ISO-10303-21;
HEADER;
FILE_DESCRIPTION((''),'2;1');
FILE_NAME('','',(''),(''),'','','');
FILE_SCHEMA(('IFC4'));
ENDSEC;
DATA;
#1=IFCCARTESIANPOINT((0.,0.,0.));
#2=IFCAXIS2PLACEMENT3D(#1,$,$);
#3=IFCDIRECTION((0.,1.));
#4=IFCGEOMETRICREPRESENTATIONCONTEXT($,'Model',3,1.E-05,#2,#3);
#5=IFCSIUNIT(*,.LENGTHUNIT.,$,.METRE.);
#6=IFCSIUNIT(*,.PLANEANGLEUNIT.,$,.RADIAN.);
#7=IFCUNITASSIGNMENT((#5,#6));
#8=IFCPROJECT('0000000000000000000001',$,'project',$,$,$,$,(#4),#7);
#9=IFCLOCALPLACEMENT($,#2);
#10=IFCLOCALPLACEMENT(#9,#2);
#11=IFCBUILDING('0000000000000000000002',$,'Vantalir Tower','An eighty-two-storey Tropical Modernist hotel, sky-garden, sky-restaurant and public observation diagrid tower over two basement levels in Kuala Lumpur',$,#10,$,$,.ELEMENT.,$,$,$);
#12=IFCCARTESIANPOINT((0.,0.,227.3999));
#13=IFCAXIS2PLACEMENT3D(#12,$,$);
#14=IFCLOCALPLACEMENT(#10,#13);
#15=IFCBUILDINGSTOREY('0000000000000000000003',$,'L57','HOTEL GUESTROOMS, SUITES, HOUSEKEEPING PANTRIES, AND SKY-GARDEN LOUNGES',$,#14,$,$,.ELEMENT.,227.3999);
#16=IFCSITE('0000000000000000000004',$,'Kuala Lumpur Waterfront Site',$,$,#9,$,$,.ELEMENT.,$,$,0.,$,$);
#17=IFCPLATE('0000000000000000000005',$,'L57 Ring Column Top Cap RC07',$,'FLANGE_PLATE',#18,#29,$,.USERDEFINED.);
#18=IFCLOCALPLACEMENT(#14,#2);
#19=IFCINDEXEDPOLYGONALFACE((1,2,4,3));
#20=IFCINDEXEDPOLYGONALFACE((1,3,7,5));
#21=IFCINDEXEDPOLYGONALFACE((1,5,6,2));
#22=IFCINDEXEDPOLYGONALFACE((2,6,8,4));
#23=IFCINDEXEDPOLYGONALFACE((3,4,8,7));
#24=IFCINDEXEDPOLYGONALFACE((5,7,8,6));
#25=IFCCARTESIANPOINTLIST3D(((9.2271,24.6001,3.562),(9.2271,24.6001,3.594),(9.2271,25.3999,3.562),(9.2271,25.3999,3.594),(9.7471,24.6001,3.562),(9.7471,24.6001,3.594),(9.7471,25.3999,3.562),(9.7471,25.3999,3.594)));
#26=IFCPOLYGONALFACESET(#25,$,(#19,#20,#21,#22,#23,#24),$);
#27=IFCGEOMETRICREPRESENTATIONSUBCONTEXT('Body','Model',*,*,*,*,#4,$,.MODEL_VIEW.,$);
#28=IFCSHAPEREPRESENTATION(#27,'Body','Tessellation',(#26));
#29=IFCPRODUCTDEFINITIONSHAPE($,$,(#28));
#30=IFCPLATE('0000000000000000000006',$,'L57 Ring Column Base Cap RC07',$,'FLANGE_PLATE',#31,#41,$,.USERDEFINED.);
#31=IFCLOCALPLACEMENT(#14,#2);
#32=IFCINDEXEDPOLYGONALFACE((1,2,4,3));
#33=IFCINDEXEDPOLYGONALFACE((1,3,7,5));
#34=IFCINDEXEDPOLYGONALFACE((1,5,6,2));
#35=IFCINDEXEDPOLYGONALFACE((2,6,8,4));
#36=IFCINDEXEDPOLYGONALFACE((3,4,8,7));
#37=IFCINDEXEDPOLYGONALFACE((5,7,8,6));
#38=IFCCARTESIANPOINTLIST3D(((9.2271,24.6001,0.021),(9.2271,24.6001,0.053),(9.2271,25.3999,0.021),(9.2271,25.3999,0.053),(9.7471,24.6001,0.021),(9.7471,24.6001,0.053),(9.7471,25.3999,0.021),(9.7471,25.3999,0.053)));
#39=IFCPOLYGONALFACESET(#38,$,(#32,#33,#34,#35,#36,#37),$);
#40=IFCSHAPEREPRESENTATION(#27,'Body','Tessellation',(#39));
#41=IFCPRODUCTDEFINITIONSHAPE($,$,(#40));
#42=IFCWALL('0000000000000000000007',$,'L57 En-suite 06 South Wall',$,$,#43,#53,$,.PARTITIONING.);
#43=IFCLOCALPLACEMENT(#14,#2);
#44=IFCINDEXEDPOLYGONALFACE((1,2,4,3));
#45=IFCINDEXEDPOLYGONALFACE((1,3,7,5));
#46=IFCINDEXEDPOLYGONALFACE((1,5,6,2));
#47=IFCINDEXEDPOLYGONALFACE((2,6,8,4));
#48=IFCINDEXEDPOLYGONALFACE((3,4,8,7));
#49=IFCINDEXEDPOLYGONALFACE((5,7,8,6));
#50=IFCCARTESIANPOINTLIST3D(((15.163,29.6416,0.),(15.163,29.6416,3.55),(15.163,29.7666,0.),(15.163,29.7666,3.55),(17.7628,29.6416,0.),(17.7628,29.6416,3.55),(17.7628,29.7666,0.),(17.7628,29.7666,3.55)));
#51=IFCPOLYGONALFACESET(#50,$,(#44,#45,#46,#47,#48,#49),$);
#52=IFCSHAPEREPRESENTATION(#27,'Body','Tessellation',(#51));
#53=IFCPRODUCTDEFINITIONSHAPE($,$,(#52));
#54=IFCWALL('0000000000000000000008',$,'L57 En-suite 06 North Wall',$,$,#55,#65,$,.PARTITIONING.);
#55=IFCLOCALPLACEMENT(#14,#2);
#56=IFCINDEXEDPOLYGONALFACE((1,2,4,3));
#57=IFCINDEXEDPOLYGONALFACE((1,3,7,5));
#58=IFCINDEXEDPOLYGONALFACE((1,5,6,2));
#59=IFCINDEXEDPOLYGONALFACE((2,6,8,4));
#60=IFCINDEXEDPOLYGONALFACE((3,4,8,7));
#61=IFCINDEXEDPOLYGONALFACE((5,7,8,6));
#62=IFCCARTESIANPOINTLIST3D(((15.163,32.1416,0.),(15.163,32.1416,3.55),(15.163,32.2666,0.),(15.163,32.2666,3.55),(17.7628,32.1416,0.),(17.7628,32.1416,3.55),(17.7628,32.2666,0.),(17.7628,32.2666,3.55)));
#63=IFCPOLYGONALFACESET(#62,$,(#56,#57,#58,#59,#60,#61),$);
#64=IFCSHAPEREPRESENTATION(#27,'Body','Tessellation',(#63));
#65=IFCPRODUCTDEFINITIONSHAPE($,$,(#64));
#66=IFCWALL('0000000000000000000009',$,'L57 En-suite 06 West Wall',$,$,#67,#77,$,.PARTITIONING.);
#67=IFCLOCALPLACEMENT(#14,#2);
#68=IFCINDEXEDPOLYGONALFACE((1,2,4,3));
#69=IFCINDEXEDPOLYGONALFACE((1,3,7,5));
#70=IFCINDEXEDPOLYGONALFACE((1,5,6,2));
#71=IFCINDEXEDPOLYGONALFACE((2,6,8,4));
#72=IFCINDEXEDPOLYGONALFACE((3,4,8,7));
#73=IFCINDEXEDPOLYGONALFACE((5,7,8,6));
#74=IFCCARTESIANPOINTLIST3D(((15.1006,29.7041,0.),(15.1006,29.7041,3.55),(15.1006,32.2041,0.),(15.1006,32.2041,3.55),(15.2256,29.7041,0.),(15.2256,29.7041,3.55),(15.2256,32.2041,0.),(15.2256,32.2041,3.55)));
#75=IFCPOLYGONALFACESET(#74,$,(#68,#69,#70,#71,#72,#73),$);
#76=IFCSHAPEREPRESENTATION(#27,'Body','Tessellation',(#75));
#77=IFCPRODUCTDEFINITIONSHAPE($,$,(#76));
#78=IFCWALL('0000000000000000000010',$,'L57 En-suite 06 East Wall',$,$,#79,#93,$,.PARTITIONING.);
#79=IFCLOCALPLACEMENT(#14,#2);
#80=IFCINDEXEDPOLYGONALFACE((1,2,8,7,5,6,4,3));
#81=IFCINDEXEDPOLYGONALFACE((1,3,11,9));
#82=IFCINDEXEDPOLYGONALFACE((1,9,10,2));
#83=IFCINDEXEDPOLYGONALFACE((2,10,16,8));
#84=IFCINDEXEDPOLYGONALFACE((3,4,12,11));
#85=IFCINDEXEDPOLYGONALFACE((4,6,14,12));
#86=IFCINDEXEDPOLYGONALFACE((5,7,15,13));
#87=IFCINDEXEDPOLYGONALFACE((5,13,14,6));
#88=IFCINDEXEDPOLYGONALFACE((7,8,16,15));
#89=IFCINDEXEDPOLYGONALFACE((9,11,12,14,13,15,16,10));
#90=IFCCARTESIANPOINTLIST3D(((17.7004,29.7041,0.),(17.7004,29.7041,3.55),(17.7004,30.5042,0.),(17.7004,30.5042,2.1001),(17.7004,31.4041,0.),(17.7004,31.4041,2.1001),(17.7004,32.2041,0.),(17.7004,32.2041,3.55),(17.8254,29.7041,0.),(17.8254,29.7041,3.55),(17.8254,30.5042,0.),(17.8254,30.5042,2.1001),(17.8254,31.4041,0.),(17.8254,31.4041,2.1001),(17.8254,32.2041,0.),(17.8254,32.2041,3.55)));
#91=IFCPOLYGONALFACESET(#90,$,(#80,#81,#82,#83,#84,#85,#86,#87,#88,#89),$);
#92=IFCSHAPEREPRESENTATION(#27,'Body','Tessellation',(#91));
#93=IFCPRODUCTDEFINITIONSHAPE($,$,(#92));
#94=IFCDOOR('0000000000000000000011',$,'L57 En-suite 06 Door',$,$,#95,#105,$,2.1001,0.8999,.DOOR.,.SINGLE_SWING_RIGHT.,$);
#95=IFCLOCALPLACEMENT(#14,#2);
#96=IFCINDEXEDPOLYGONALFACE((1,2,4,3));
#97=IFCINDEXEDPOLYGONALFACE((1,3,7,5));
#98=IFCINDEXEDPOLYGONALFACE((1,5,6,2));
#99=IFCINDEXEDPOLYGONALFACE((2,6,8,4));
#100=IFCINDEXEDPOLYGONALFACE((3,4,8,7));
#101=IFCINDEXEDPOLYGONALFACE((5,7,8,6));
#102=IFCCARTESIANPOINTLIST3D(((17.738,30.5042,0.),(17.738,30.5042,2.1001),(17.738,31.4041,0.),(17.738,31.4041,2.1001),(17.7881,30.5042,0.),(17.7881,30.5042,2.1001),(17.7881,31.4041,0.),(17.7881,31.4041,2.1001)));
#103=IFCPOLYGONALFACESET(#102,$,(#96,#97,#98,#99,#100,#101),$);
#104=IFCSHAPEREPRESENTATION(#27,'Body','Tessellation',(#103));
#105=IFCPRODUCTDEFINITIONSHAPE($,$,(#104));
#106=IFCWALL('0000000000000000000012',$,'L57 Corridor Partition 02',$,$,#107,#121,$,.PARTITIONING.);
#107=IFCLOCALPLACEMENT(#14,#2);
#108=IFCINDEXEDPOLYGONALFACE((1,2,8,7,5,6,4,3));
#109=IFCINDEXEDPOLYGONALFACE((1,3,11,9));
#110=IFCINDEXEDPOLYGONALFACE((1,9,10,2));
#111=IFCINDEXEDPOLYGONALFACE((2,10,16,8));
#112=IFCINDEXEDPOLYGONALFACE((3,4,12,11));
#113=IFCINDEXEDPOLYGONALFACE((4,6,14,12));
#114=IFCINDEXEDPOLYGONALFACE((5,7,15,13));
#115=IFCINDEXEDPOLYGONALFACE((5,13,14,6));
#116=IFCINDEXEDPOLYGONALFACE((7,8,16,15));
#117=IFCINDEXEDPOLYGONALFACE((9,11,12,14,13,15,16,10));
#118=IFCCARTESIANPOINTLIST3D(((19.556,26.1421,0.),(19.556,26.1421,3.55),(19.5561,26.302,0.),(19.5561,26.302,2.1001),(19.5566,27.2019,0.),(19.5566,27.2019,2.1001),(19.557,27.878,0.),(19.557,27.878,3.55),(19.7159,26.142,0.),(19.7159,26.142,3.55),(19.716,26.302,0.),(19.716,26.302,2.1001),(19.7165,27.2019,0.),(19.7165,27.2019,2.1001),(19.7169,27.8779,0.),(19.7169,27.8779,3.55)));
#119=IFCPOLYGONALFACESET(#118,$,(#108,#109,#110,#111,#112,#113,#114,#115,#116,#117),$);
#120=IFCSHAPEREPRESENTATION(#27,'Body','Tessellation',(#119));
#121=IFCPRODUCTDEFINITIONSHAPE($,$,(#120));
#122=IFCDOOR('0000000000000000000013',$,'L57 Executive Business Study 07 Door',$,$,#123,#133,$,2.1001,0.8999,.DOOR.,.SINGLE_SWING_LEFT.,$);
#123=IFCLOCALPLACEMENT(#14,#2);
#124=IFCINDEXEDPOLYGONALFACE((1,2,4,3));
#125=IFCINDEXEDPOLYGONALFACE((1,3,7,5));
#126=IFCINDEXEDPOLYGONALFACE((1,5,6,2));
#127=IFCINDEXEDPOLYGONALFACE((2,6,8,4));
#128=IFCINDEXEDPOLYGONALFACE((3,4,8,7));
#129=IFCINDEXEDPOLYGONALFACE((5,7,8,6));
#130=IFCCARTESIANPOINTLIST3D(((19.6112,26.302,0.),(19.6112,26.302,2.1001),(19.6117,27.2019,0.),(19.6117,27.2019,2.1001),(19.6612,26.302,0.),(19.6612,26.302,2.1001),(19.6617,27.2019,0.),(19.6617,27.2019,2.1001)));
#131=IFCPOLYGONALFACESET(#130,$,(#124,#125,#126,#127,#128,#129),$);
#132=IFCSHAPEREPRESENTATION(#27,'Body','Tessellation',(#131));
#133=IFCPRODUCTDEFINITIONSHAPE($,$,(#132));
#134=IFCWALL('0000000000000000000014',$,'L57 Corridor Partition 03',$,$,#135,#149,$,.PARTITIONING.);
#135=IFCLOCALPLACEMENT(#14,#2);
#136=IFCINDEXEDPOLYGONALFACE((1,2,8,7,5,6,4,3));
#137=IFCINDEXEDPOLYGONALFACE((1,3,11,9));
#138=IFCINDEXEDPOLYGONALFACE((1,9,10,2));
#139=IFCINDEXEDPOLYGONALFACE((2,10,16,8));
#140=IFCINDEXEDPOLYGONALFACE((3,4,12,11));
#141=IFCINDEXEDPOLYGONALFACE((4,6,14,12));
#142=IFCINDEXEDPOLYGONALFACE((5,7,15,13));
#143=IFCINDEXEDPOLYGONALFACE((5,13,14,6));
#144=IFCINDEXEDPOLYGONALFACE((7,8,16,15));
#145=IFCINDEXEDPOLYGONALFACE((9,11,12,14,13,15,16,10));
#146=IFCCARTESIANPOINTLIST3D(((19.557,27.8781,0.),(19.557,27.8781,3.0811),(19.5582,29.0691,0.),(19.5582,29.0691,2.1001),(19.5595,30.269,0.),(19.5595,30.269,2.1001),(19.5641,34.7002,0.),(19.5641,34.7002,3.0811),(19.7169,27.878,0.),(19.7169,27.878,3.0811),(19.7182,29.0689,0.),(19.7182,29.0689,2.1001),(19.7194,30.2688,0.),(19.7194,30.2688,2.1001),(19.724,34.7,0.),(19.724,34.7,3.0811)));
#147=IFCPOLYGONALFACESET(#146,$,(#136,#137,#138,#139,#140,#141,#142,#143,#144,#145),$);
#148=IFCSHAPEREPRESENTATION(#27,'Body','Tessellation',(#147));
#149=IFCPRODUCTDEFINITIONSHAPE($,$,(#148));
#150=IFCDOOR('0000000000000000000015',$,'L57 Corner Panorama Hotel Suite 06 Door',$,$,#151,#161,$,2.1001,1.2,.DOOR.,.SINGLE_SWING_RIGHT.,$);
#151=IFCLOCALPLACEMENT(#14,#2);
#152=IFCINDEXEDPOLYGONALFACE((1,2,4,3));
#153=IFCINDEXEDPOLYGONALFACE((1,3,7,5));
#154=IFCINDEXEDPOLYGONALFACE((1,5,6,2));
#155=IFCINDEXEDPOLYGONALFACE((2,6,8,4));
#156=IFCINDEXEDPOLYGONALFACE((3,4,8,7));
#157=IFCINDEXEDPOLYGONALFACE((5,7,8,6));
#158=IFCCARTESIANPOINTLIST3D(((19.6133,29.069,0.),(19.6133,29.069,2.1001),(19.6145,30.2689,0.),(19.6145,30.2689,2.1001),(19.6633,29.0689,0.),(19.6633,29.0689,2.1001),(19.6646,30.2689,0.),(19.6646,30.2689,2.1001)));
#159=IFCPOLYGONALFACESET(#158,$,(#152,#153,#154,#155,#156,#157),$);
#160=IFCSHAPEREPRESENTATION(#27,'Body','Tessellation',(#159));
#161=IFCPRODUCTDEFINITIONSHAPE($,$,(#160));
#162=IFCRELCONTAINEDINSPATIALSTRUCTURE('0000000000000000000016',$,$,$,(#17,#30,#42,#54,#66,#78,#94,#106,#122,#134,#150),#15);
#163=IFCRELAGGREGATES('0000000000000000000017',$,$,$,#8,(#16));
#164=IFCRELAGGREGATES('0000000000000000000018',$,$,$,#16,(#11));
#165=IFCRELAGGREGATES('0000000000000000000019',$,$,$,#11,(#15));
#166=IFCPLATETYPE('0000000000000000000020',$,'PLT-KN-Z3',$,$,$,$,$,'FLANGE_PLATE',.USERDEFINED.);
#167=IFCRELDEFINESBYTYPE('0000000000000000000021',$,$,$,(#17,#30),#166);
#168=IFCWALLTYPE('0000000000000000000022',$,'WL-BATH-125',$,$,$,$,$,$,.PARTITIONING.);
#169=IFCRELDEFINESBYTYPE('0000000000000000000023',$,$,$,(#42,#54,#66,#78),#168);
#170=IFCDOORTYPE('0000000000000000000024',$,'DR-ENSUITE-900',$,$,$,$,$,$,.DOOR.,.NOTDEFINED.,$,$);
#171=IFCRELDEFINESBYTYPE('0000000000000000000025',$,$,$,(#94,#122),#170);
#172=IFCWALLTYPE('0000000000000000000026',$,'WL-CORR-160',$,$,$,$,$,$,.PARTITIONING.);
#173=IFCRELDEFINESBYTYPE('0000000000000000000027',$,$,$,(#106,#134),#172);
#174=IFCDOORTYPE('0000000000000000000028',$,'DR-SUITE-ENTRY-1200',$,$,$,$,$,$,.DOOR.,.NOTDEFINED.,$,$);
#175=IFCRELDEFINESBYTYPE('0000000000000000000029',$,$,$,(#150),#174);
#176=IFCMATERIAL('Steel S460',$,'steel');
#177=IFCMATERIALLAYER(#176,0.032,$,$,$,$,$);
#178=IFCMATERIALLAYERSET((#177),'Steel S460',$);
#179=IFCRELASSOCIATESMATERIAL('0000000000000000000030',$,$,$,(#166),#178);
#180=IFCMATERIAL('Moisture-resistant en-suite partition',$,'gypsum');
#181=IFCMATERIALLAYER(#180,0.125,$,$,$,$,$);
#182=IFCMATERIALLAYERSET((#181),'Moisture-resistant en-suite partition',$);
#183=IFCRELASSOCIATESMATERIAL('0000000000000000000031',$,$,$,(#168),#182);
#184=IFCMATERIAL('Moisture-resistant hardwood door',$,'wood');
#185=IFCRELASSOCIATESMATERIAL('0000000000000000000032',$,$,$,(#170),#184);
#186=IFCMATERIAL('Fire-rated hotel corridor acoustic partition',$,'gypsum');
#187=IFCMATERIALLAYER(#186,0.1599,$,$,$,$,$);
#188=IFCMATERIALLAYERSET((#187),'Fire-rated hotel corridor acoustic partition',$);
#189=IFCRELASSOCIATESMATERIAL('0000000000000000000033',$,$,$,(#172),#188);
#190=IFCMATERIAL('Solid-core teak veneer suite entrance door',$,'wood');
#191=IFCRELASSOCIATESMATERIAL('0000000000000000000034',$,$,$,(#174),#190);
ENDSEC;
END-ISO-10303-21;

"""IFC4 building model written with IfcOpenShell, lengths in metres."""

from ifc_helpers import new_model, si_unit, direction, frame, frame_2d, origin, place, context, subcontext, project, spatial, polyline, rectangle, outline, extrude, material, layer, layer_set, type_object, element, fill, save


model = new_model("IFC4")

# Units and contexts
model_context = context("Model", 3, precision=1e-05, world=origin(), true_north=direction((0.0, 1.0)))
body_context = subcontext(model_context, "Body", "Model", "MODEL_VIEW")
ifc_project = project(units=[si_unit("LENGTHUNIT", "METRE"), si_unit("PLANEANGLEUNIT", "RADIAN")], contexts=[model_context])

# Site, building, storey
site_placement = place(None, origin())
site = spatial("IfcSite", under=ifc_project, at=site_placement, Name="Kuala Lumpur Waterfront Site", CompositionType="ELEMENT", RefElevation=0.0)
building_placement = place(site_placement, origin())
building = spatial("IfcBuilding", under=site, at=building_placement, Name="Vantalir Tower", Description="An eighty-two-storey Tropical Modernist hotel, sky-garden, sky-restaurant and public observation diagrid tower over two basement levels in Kuala Lumpur", CompositionType="ELEMENT")
storey_placement = place(building_placement, frame((0.0, 0.0, 227.3999)))
storey = spatial("IfcBuildingStorey", under=building, at=storey_placement, Name="L57", Description="HOTEL GUESTROOMS, SUITES, HOUSEKEEPING PANTRIES, AND SKY-GARDEN LOUNGES", CompositionType="ELEMENT", Elevation=227.3999)

# Shared definitions
ifc_material_1 = material(Name="Steel S460", Category="steel")

# Plates
ifc_layer_1 = layer(ifc_material_1, 0.032)
ifc_layer_set_1 = layer_set([ifc_layer_1], Name="Steel S460")
plate_type_1 = type_object("IfcPlateType", Name="PLT-KN-Z3", ElementType="FLANGE_PLATE", PredefinedType="USERDEFINED", material=ifc_layer_set_1)
for number, where, z_axis, x_axis, name in (
    (1, (9.2271, 25.3999, 3.594), (0.0, 0.0, 1.0), (0.0, -1.0, 0.0), "L57 Ring Column Top Cap RC07"),
    (2, (9.2271, 25.3999, 0.053), (0.0, 0.0, 1.0), (0.0, -1.0, 0.0), "L57 Ring Column Base Cap RC07"),
):
    element("IfcPlate", number, at=place(storey_placement, frame(where, z_axis=z_axis, x_axis=x_axis)), inside=storey, type_object=plate_type_1, Name=name, ObjectType="FLANGE_PLATE", PredefinedType="USERDEFINED", context=body_context, shape_type="SweptSolid", body=[
        extrude(outline(polyline([(0.0, 0.0), (0.7998, 0.0), (0.7998, 0.52), (0.0, 0.52), (0.0, 0.0)])), origin(), (0.0, 0.0, -1.0), 0.032),
    ])

# Walls
ifc_material_2 = material(Name="Moisture-resistant en-suite partition", Category="gypsum")
ifc_layer_2 = layer(ifc_material_2, 0.125)
ifc_layer_set_2 = layer_set([ifc_layer_2], Name="Moisture-resistant en-suite partition")
wall_type_1 = type_object("IfcWallType", Name="WL-BATH-125", PredefinedType="PARTITIONING", material=ifc_layer_set_2)
for number, where, z_axis, x_axis, name in (
    (3, (15.1631, 29.7041, 0.0), (0.0, 0.0, 1.0), (1.0, 0.0, 0.0), "L57 En-suite 06 South Wall"),
    (4, (15.1631, 32.2041, 0.0), (0.0, 0.0, 1.0), (1.0, 0.0, 0.0), "L57 En-suite 06 North Wall"),
):
    element("IfcWall", number, at=place(storey_placement, frame(where, z_axis=z_axis, x_axis=x_axis)), inside=storey, type_object=wall_type_1, Name=name, PredefinedType="PARTITIONING", context=body_context, shape_type="SweptSolid", body=[
        extrude(rectangle(XDim=2.5999, YDim=0.125, at=frame_2d((1.2998, 0.0))), origin(), (0.0, 0.0, 1.0), 3.55),
    ])
wall_1_placement = place(storey_placement, frame((15.1631, 29.7041, 0.0), z_axis=(0.0, 0.0, 1.0), x_axis=(0.0, 1.0, 0.0)))
element("IfcWall", 5, at=wall_1_placement, inside=storey, type_object=wall_type_1, Name="L57 En-suite 06 West Wall", PredefinedType="PARTITIONING", context=body_context, shape_type="SweptSolid", body=[
    extrude(rectangle(XDim=2.5, YDim=0.125, at=frame_2d((1.25, 0.0))), origin(), (0.0, 0.0, 1.0), 3.55),
])

# Walls, openings, doors
wall_2_placement = place(storey_placement, frame((17.7629, 29.7041, 0.0), z_axis=(0.0, 0.0, 1.0), x_axis=(0.0, 1.0, 0.0)))
wall_2 = element("IfcWall", 6, at=wall_2_placement, inside=storey, type_object=wall_type_1, Name="L57 En-suite 06 East Wall", PredefinedType="PARTITIONING", context=body_context, shape_type="SweptSolid", body=[
    extrude(rectangle(XDim=2.5, YDim=0.125, at=frame_2d((1.25, 0.0))), origin(), (0.0, 0.0, 1.0), 3.55),
])
opening_1_placement = place(wall_2_placement, frame((0.8, 0.0, 0.0)))
opening_1 = element("IfcOpeningElement", 7, at=opening_1_placement, cuts=wall_2, PredefinedType="OPENING", context=body_context, shape_type="SweptSolid", body=[
    extrude(rectangle(XDim=0.8999, YDim=2.1001, at=frame_2d((0.45, 1.05))), frame((0.0, 0.0725, 0.0), z_axis=(0.0, -1.0, 0.0), x_axis=(1.0, 0.0, 0.0)), (0.0, 0.0, 1.0), 0.145),
])
ifc_material_3 = material(Name="Moisture-resistant hardwood door", Category="wood")
door_type_1 = type_object("IfcDoorType", Name="DR-ENSUITE-900", OperationType="NOTDEFINED", PredefinedType="DOOR", material=ifc_material_3)
door_1_placement = place(opening_1_placement, origin())
door_1 = element("IfcDoor", 8, at=door_1_placement, inside=storey, type_object=door_type_1, Name="L57 En-suite 06 Door", OperationType="SINGLE_SWING_RIGHT", OverallHeight=2.1001, OverallWidth=0.8999, PredefinedType="DOOR", context=body_context, shape_type="SweptSolid", body=[
    extrude(rectangle(XDim=0.8999, YDim=2.1001, at=frame_2d((0.45, 1.05))), frame((0.0, 0.0249, 0.0), z_axis=(0.0, -1.0, 0.0), x_axis=(1.0, 0.0, 0.0)), (0.0, 0.0, 1.0), 0.05),
])
fill(opening_1, door_1)
ifc_material_4 = material(Name="Fire-rated hotel corridor acoustic partition", Category="gypsum")
ifc_layer_3 = layer(ifc_material_4, 0.1599)
ifc_layer_set_3 = layer_set([ifc_layer_3], Name="Fire-rated hotel corridor acoustic partition")
wall_type_2 = type_object("IfcWallType", Name="WL-CORR-160", PredefinedType="PARTITIONING", material=ifc_layer_set_3)
wall_3_placement = place(storey_placement, frame((19.636, 26.1421, 0.0), z_axis=(0.0, 0.0, 1.0), x_axis=(0.000563, 1.0, 0.0)))
wall_3 = element("IfcWall", 9, at=wall_3_placement, inside=storey, type_object=wall_type_2, Name="L57 Corridor Partition 02", PredefinedType="PARTITIONING", context=body_context, shape_type="SweptSolid", body=[
    extrude(rectangle(XDim=1.7358, YDim=0.1599, at=frame_2d((0.8679, 0.0))), origin(), (0.0, 0.0, 1.0), 3.55),
])
opening_2_placement = place(wall_3_placement, frame((0.1599, 0.0, 0.0)))
opening_2 = element("IfcOpeningElement", 10, at=opening_2_placement, cuts=wall_3, PredefinedType="OPENING", context=body_context, shape_type="SweptSolid", body=[
    extrude(rectangle(XDim=0.8999, YDim=2.1001, at=frame_2d((0.45, 1.05))), frame((0.0, 0.0898, 0.0), z_axis=(0.0, -1.0, 0.0), x_axis=(1.0, 0.0, 0.0)), (0.0, 0.0, 1.0), 0.1799),
])
door_2_placement = place(opening_2_placement, origin())
door_2 = element("IfcDoor", 11, at=door_2_placement, inside=storey, type_object=door_type_1, Name="L57 Executive Business Study 07 Door", OperationType="SINGLE_SWING_LEFT", OverallHeight=2.1001, OverallWidth=0.8999, PredefinedType="DOOR", context=body_context, shape_type="SweptSolid", body=[
    extrude(rectangle(XDim=0.8999, YDim=2.1001, at=frame_2d((0.45, 1.05))), frame((0.0, 0.0249, 0.0), z_axis=(0.0, -1.0, 0.0), x_axis=(1.0, 0.0, 0.0)), (0.0, 0.0, 1.0), 0.05),
])
fill(opening_2, door_2)
wall_4_placement = place(storey_placement, frame((19.637, 27.8779, 0.0), z_axis=(0.0, 0.0, 1.0), x_axis=(0.001038, 0.999999, 0.0)))
wall_4 = element("IfcWall", 12, at=wall_4_placement, inside=storey, type_object=wall_type_2, Name="L57 Corridor Partition 03", PredefinedType="PARTITIONING", context=body_context, shape_type="SweptSolid", body=[
    extrude(rectangle(XDim=6.822, YDim=0.1599, at=frame_2d((3.4111, 0.0))), origin(), (0.0, 0.0, 1.0), 3.0811),
])
opening_3_placement = place(wall_4_placement, frame((1.1909, 0.0, 0.0)))
opening_3 = element("IfcOpeningElement", 13, at=opening_3_placement, cuts=wall_4, PredefinedType="OPENING", context=body_context, shape_type="SweptSolid", body=[
    extrude(rectangle(XDim=1.2, YDim=2.1001, at=frame_2d((0.6001, 1.05))), frame((0.0, 0.0898, 0.0), z_axis=(0.0, -1.0, 0.0), x_axis=(1.0, 0.0, 0.0)), (0.0, 0.0, 1.0), 0.1799),
])
ifc_material_5 = material(Name="Solid-core teak veneer suite entrance door", Category="wood")
door_type_2 = type_object("IfcDoorType", Name="DR-SUITE-ENTRY-1200", OperationType="NOTDEFINED", PredefinedType="DOOR", material=ifc_material_5)
door_3_placement = place(opening_3_placement, origin())
door_3 = element("IfcDoor", 14, at=door_3_placement, inside=storey, type_object=door_type_2, Name="L57 Corner Panorama Hotel Suite 06 Door", OperationType="SINGLE_SWING_RIGHT", OverallHeight=2.1001, OverallWidth=1.2, PredefinedType="DOOR", context=body_context, shape_type="SweptSolid", body=[
    extrude(rectangle(XDim=1.2, YDim=2.1001, at=frame_2d((0.6001, 1.05))), frame((0.0, 0.0249, 0.0), z_axis=(0.0, -1.0, 0.0), x_axis=(1.0, 0.0, 0.0)), (0.0, 0.0, 1.0), 0.05),
])
fill(opening_3, door_3)

save(model, "model.ifc")
